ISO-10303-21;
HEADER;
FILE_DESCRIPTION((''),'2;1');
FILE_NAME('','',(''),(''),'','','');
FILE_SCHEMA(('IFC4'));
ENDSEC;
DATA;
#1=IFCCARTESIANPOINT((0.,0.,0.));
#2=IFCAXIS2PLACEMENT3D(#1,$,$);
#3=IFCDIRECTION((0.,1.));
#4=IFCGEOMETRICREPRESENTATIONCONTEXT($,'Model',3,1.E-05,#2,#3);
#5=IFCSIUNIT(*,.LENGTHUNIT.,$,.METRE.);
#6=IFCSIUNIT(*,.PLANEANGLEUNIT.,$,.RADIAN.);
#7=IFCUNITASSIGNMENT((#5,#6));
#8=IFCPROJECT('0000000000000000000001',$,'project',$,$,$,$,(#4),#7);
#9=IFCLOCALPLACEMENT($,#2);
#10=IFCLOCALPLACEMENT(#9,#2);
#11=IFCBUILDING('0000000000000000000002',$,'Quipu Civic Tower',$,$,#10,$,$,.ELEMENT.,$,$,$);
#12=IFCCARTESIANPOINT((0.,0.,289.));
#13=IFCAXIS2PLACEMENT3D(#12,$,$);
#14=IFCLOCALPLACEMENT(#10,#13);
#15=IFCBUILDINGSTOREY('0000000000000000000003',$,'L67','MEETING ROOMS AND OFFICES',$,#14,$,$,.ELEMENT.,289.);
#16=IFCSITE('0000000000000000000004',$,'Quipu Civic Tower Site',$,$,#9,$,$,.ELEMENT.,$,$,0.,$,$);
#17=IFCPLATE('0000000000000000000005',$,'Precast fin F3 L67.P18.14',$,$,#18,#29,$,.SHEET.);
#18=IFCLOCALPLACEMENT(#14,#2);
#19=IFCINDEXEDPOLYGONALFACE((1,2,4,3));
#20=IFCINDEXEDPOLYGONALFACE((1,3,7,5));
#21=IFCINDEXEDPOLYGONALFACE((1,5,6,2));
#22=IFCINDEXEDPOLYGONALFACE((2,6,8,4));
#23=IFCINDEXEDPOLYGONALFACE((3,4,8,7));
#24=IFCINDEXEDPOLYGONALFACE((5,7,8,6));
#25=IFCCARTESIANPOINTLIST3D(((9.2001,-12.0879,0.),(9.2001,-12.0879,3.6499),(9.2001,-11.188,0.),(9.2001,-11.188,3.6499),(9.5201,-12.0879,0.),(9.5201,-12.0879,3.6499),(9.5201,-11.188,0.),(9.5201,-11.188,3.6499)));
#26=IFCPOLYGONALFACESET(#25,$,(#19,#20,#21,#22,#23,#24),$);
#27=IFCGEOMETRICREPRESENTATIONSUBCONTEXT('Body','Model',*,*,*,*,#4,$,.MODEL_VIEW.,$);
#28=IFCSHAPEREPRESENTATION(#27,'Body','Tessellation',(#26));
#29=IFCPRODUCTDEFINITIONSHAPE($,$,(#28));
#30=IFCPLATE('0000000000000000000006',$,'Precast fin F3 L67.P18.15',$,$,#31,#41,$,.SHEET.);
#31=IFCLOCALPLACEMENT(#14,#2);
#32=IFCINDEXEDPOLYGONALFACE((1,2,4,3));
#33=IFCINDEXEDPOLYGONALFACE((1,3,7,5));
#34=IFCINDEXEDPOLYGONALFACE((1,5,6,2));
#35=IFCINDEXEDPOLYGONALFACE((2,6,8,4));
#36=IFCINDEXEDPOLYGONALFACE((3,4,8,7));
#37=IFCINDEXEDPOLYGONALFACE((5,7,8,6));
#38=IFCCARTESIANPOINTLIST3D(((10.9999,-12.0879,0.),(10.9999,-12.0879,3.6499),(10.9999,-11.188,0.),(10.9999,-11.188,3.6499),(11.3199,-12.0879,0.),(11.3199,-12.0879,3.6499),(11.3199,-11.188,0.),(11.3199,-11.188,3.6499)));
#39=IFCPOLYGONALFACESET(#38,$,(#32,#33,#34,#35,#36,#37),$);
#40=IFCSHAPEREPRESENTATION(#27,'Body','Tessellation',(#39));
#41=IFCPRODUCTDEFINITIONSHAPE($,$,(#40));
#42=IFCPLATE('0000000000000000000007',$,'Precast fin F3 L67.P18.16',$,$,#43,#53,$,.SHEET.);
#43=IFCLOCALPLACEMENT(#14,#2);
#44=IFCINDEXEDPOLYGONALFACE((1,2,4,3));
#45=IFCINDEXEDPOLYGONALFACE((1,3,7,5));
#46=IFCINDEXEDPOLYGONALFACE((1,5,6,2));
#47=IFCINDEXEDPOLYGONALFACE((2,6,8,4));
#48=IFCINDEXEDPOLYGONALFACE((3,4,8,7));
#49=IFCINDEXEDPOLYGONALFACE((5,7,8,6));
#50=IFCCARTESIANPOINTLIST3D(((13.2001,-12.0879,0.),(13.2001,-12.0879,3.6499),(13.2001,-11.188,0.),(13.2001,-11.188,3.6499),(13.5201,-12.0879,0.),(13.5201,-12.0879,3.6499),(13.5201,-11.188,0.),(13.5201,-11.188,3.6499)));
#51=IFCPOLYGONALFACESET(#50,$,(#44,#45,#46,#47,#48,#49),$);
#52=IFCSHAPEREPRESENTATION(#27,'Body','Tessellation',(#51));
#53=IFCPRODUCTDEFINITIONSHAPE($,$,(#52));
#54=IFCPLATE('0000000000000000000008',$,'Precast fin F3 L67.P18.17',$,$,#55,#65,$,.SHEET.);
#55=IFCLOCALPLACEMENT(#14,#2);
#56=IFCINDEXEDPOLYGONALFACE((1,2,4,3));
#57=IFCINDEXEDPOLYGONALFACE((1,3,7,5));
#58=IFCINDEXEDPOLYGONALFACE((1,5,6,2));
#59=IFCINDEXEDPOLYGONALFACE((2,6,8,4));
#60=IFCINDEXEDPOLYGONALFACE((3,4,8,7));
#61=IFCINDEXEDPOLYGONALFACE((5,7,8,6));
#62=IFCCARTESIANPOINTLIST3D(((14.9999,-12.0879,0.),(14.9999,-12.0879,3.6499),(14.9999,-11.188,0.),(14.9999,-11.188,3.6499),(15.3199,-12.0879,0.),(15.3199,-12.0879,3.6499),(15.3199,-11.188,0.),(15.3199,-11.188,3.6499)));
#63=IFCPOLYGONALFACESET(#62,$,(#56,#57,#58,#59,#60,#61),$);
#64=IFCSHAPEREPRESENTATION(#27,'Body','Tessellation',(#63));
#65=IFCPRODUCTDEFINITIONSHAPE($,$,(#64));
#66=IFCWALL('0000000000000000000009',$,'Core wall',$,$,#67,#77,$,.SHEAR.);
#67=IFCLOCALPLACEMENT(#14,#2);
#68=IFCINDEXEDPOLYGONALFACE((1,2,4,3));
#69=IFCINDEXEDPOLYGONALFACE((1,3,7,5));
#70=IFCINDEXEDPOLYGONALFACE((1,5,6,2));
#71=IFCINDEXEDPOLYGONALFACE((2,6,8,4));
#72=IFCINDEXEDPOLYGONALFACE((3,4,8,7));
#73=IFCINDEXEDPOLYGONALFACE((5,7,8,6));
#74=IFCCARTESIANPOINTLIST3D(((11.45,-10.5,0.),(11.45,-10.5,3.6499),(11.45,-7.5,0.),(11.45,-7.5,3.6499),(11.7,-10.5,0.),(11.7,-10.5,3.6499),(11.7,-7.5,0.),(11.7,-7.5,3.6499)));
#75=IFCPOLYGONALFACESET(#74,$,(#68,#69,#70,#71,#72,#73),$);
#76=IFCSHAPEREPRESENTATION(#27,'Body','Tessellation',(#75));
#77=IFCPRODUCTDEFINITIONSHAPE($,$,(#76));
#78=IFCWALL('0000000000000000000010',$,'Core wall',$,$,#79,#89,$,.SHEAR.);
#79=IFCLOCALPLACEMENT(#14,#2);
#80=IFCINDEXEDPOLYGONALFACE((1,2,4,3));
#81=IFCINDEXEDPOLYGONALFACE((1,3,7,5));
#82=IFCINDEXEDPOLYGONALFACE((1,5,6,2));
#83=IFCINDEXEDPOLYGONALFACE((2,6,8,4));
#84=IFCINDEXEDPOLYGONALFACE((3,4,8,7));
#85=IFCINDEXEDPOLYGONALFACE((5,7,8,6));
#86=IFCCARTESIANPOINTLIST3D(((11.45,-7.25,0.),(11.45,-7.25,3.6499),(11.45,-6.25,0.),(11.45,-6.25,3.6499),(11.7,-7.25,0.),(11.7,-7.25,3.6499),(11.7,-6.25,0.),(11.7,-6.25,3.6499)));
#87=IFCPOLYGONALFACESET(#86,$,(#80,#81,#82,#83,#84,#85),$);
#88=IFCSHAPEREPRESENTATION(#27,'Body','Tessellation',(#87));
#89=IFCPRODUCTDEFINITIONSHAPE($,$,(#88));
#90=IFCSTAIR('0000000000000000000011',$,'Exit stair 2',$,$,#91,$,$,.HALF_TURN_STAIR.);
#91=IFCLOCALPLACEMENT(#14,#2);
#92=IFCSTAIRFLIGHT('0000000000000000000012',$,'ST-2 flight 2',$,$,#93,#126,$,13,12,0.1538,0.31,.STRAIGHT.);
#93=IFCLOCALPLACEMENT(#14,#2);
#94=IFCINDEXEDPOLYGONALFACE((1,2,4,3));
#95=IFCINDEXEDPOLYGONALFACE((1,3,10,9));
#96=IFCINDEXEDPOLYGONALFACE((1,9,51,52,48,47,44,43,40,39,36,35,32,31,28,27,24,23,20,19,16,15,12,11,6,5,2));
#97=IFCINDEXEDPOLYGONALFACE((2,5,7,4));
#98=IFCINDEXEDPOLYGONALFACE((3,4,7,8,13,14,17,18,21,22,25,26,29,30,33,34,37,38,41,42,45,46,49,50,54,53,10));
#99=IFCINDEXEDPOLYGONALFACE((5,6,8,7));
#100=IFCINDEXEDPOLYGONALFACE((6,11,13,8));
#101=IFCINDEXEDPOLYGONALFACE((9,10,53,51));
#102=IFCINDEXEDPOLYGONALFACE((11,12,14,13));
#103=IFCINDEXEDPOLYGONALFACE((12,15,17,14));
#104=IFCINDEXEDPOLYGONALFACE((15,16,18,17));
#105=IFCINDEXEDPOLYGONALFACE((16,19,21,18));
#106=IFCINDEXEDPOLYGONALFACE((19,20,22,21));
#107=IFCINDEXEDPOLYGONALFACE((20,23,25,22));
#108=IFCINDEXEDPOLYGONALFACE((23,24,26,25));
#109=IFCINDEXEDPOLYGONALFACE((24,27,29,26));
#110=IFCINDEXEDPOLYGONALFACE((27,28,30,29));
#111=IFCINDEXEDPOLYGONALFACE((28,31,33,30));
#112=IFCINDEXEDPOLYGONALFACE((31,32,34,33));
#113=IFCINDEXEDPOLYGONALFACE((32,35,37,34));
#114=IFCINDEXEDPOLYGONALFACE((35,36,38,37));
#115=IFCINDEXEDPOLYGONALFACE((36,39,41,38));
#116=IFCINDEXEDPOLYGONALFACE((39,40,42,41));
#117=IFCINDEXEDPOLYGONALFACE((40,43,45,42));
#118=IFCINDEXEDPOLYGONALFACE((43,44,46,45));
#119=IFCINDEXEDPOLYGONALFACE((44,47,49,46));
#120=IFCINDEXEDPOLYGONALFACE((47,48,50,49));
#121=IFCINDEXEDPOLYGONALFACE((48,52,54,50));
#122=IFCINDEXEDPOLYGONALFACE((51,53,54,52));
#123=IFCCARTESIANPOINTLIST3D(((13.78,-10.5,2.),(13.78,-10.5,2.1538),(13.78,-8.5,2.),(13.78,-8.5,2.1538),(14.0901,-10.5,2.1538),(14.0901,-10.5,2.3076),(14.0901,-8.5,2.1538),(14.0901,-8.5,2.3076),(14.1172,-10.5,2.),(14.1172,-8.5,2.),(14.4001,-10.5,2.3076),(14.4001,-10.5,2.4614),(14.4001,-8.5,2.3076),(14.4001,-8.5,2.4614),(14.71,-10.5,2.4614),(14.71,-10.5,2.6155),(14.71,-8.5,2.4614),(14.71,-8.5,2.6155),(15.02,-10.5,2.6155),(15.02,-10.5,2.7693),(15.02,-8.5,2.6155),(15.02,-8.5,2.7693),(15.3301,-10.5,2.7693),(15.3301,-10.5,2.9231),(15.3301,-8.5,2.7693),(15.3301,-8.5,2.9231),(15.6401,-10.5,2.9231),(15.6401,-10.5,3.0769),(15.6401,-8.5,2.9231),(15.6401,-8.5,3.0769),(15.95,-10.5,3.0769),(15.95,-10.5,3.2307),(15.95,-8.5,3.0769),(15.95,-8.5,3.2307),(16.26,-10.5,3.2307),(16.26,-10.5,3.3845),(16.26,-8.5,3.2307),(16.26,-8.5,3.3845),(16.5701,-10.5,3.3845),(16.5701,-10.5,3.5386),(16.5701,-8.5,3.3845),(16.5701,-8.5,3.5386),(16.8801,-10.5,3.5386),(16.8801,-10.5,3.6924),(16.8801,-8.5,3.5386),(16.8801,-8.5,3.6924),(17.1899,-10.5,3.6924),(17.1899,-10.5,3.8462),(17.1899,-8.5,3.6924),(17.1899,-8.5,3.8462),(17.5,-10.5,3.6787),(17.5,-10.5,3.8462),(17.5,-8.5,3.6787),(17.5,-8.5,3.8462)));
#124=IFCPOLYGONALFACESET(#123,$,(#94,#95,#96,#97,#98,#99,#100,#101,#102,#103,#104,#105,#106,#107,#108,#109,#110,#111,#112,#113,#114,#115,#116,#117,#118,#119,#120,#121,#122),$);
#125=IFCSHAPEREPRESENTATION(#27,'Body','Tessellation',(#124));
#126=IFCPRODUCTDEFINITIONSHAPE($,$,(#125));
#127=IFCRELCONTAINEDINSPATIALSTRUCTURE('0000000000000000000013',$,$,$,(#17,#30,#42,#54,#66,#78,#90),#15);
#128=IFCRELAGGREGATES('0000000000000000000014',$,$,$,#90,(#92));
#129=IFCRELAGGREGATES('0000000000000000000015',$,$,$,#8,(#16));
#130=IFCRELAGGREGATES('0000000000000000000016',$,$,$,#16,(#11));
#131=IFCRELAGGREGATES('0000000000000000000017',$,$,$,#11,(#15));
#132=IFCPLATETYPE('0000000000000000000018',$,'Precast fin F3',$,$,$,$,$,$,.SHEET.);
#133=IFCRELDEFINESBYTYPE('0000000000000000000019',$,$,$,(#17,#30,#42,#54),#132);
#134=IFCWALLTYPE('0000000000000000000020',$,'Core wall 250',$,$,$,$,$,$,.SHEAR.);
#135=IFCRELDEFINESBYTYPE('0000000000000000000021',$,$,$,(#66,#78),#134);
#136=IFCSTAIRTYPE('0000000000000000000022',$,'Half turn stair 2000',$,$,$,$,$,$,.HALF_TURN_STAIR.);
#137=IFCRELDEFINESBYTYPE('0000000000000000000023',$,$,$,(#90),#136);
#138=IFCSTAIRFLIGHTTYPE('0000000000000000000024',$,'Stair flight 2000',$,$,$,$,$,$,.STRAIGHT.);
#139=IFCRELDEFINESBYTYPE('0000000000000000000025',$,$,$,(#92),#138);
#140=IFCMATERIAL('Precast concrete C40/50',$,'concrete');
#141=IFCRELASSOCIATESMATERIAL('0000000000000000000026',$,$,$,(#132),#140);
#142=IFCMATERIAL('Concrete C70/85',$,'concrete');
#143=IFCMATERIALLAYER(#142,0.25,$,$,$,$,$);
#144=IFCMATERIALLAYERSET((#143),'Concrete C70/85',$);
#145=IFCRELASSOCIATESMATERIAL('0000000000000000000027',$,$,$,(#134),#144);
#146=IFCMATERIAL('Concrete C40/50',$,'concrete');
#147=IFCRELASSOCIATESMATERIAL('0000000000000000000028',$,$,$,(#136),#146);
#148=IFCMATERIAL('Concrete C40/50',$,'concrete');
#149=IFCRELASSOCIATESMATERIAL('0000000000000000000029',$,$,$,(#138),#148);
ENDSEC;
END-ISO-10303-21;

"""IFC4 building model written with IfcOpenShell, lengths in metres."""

from ifc_helpers import new_model, si_unit, direction, frame, frame_2d, origin, origin_2d, place, context, subcontext, project, spatial, polyline, rectangle, outline, extrude, material, layer, layer_set, type_object, element, aggregate, save


model = new_model("IFC4")

# Units and contexts
model_context = context("Model", 3, precision=1e-05, world=origin(), true_north=direction((0.0, 1.0)))
body_context = subcontext(model_context, "Body", "Model", "MODEL_VIEW")
ifc_project = project(units=[si_unit("LENGTHUNIT", "METRE"), si_unit("PLANEANGLEUNIT", "RADIAN")], contexts=[model_context])

# Site, building, storey
site_placement = place(None, origin())
site = spatial("IfcSite", under=ifc_project, at=site_placement, Name="Quipu Civic Tower Site", CompositionType="ELEMENT", RefElevation=0.0)
building_placement = place(site_placement, origin())
building = spatial("IfcBuilding", under=site, at=building_placement, Name="Quipu Civic Tower", CompositionType="ELEMENT")
storey_placement = place(building_placement, frame((0.0, 0.0, 289.0)))
storey = spatial("IfcBuildingStorey", under=building, at=storey_placement, Name="L67", Description="MEETING ROOMS AND OFFICES", CompositionType="ELEMENT", Elevation=289.0)

# Plates
ifc_material_1 = material(Name="Precast concrete C40/50", Category="concrete")
plate_type = type_object("IfcPlateType", Name="Precast fin F3", PredefinedType="SHEET", material=ifc_material_1)
for number, where, z_axis, x_axis, name in (
    (1, (9.3601, -11.6379, 0.0), (0.0, 0.0, 1.0), (1.0, 0.0, 0.0), "Precast fin F3 L67.P18.14"),
    (2, (11.1599, -11.6379, 0.0), (0.0, 0.0, 1.0), (1.0, 0.0, 0.0), "Precast fin F3 L67.P18.15"),
    (3, (13.3601, -11.6379, 0.0), (0.0, 0.0, 1.0), (1.0, 0.0, 0.0), "Precast fin F3 L67.P18.16"),
    (4, (15.1599, -11.6379, 0.0), (0.0, 0.0, 1.0), (1.0, 0.0, 0.0), "Precast fin F3 L67.P18.17"),
):
    element("IfcPlate", number, at=place(storey_placement, frame(where, z_axis=z_axis, x_axis=x_axis)), inside=storey, type_object=plate_type, Name=name, PredefinedType="SHEET", context=body_context, shape_type="SweptSolid", body=[
        extrude(rectangle(XDim=0.3201, YDim=0.8999, at=origin_2d()), origin(), (0.0, 0.0, 1.0), 3.6499),
    ])

# Wall
ifc_material_2 = material(Name="Concrete C70/85", Category="concrete")
ifc_layer = layer(ifc_material_2, 0.25)
ifc_layer_set = layer_set([ifc_layer], Name="Concrete C70/85")
wall_type = type_object("IfcWallType", Name="Core wall 250", PredefinedType="SHEAR", material=ifc_layer_set)
wall_1_placement = place(storey_placement, frame((11.575, -10.5, 0.0), z_axis=(0.0, 0.0, 1.0), x_axis=(0.0, 1.0, 0.0)))
element("IfcWall", 5, at=wall_1_placement, inside=storey, type_object=wall_type, Name="Core wall", PredefinedType="SHEAR", context=body_context, shape_type="SweptSolid", body=[
    extrude(rectangle(XDim=3.0, YDim=0.25, at=frame_2d((1.5, 0.0))), origin(), (0.0, 0.0, 1.0), 3.6499),
])

# Wall
wall_2_placement = place(storey_placement, frame((11.575, -7.25, 0.0), z_axis=(0.0, 0.0, 1.0), x_axis=(0.0, 1.0, 0.0)))
element("IfcWall", 6, at=wall_2_placement, inside=storey, type_object=wall_type, Name="Core wall", PredefinedType="SHEAR", context=body_context, shape_type="SweptSolid", body=[
    extrude(rectangle(XDim=1.0, YDim=0.25, at=frame_2d((0.5, 0.0))), origin(), (0.0, 0.0, 1.0), 3.6499),
])

# Stair, stair flight
ifc_material_3 = material(Name="Concrete C40/50", Category="concrete")
stair_type = type_object("IfcStairType", Name="Half turn stair 2000", PredefinedType="HALF_TURN_STAIR", material=ifc_material_3)
stair_placement = place(storey_placement, origin())
stair = element("IfcStair", 7, at=stair_placement, inside=storey, type_object=stair_type, Name="Exit stair 2", PredefinedType="HALF_TURN_STAIR")
ifc_material_4 = material(Name="Concrete C40/50", Category="concrete")
stair_flight_type = type_object("IfcStairFlightType", Name="Stair flight 2000", PredefinedType="STRAIGHT", material=ifc_material_4)
stair_flight_placement = place(storey_placement, frame((13.78, -9.5, 2.0), z_axis=(0.0, 0.0, 1.0), x_axis=(1.0, 0.0, 0.0)))
stair_flight = element("IfcStairFlight", 8, at=stair_flight_placement, type_object=stair_flight_type, Name="ST-2 flight 2", NumberOfRisers=13, NumberOfTreads=12, PredefinedType="STRAIGHT", RiserHeight=0.1538, TreadLength=0.31, context=body_context, shape_type="SweptSolid", body=[
    extrude(outline(polyline([(0.0, 0.0), (0.0, 0.1538), (0.3101, 0.1538), (0.3101, 0.3076), (0.6201, 0.3076), (0.6201, 0.4614), (0.9299, 0.4614), (0.9299, 0.6155), (1.24, 0.6155), (1.24, 0.7693), (1.55, 0.7693), (1.55, 0.9231), (1.8601, 0.9231), (1.8601, 1.0769), (2.1699, 1.0769), (2.1699, 1.2307), (2.48, 1.2307), (2.48, 1.3845), (2.79, 1.3845), (2.79, 1.5386), (3.1001, 1.5386), (3.1001, 1.6924), (3.4099, 1.6924), (3.4099, 1.8462), (3.72, 1.8462), (3.72, 2.0), (3.72, 1.6787), (0.3372, 0.0), (0.0, 0.0)])), frame((0.0, 1.0, 0.0), z_axis=(0.0, -1.0, 0.0), x_axis=(1.0, 0.0, 0.0)), (0.0, 0.0, 1.0), 2.0),
])
aggregate(stair, [stair_flight])

save(model, "model.ifc")
